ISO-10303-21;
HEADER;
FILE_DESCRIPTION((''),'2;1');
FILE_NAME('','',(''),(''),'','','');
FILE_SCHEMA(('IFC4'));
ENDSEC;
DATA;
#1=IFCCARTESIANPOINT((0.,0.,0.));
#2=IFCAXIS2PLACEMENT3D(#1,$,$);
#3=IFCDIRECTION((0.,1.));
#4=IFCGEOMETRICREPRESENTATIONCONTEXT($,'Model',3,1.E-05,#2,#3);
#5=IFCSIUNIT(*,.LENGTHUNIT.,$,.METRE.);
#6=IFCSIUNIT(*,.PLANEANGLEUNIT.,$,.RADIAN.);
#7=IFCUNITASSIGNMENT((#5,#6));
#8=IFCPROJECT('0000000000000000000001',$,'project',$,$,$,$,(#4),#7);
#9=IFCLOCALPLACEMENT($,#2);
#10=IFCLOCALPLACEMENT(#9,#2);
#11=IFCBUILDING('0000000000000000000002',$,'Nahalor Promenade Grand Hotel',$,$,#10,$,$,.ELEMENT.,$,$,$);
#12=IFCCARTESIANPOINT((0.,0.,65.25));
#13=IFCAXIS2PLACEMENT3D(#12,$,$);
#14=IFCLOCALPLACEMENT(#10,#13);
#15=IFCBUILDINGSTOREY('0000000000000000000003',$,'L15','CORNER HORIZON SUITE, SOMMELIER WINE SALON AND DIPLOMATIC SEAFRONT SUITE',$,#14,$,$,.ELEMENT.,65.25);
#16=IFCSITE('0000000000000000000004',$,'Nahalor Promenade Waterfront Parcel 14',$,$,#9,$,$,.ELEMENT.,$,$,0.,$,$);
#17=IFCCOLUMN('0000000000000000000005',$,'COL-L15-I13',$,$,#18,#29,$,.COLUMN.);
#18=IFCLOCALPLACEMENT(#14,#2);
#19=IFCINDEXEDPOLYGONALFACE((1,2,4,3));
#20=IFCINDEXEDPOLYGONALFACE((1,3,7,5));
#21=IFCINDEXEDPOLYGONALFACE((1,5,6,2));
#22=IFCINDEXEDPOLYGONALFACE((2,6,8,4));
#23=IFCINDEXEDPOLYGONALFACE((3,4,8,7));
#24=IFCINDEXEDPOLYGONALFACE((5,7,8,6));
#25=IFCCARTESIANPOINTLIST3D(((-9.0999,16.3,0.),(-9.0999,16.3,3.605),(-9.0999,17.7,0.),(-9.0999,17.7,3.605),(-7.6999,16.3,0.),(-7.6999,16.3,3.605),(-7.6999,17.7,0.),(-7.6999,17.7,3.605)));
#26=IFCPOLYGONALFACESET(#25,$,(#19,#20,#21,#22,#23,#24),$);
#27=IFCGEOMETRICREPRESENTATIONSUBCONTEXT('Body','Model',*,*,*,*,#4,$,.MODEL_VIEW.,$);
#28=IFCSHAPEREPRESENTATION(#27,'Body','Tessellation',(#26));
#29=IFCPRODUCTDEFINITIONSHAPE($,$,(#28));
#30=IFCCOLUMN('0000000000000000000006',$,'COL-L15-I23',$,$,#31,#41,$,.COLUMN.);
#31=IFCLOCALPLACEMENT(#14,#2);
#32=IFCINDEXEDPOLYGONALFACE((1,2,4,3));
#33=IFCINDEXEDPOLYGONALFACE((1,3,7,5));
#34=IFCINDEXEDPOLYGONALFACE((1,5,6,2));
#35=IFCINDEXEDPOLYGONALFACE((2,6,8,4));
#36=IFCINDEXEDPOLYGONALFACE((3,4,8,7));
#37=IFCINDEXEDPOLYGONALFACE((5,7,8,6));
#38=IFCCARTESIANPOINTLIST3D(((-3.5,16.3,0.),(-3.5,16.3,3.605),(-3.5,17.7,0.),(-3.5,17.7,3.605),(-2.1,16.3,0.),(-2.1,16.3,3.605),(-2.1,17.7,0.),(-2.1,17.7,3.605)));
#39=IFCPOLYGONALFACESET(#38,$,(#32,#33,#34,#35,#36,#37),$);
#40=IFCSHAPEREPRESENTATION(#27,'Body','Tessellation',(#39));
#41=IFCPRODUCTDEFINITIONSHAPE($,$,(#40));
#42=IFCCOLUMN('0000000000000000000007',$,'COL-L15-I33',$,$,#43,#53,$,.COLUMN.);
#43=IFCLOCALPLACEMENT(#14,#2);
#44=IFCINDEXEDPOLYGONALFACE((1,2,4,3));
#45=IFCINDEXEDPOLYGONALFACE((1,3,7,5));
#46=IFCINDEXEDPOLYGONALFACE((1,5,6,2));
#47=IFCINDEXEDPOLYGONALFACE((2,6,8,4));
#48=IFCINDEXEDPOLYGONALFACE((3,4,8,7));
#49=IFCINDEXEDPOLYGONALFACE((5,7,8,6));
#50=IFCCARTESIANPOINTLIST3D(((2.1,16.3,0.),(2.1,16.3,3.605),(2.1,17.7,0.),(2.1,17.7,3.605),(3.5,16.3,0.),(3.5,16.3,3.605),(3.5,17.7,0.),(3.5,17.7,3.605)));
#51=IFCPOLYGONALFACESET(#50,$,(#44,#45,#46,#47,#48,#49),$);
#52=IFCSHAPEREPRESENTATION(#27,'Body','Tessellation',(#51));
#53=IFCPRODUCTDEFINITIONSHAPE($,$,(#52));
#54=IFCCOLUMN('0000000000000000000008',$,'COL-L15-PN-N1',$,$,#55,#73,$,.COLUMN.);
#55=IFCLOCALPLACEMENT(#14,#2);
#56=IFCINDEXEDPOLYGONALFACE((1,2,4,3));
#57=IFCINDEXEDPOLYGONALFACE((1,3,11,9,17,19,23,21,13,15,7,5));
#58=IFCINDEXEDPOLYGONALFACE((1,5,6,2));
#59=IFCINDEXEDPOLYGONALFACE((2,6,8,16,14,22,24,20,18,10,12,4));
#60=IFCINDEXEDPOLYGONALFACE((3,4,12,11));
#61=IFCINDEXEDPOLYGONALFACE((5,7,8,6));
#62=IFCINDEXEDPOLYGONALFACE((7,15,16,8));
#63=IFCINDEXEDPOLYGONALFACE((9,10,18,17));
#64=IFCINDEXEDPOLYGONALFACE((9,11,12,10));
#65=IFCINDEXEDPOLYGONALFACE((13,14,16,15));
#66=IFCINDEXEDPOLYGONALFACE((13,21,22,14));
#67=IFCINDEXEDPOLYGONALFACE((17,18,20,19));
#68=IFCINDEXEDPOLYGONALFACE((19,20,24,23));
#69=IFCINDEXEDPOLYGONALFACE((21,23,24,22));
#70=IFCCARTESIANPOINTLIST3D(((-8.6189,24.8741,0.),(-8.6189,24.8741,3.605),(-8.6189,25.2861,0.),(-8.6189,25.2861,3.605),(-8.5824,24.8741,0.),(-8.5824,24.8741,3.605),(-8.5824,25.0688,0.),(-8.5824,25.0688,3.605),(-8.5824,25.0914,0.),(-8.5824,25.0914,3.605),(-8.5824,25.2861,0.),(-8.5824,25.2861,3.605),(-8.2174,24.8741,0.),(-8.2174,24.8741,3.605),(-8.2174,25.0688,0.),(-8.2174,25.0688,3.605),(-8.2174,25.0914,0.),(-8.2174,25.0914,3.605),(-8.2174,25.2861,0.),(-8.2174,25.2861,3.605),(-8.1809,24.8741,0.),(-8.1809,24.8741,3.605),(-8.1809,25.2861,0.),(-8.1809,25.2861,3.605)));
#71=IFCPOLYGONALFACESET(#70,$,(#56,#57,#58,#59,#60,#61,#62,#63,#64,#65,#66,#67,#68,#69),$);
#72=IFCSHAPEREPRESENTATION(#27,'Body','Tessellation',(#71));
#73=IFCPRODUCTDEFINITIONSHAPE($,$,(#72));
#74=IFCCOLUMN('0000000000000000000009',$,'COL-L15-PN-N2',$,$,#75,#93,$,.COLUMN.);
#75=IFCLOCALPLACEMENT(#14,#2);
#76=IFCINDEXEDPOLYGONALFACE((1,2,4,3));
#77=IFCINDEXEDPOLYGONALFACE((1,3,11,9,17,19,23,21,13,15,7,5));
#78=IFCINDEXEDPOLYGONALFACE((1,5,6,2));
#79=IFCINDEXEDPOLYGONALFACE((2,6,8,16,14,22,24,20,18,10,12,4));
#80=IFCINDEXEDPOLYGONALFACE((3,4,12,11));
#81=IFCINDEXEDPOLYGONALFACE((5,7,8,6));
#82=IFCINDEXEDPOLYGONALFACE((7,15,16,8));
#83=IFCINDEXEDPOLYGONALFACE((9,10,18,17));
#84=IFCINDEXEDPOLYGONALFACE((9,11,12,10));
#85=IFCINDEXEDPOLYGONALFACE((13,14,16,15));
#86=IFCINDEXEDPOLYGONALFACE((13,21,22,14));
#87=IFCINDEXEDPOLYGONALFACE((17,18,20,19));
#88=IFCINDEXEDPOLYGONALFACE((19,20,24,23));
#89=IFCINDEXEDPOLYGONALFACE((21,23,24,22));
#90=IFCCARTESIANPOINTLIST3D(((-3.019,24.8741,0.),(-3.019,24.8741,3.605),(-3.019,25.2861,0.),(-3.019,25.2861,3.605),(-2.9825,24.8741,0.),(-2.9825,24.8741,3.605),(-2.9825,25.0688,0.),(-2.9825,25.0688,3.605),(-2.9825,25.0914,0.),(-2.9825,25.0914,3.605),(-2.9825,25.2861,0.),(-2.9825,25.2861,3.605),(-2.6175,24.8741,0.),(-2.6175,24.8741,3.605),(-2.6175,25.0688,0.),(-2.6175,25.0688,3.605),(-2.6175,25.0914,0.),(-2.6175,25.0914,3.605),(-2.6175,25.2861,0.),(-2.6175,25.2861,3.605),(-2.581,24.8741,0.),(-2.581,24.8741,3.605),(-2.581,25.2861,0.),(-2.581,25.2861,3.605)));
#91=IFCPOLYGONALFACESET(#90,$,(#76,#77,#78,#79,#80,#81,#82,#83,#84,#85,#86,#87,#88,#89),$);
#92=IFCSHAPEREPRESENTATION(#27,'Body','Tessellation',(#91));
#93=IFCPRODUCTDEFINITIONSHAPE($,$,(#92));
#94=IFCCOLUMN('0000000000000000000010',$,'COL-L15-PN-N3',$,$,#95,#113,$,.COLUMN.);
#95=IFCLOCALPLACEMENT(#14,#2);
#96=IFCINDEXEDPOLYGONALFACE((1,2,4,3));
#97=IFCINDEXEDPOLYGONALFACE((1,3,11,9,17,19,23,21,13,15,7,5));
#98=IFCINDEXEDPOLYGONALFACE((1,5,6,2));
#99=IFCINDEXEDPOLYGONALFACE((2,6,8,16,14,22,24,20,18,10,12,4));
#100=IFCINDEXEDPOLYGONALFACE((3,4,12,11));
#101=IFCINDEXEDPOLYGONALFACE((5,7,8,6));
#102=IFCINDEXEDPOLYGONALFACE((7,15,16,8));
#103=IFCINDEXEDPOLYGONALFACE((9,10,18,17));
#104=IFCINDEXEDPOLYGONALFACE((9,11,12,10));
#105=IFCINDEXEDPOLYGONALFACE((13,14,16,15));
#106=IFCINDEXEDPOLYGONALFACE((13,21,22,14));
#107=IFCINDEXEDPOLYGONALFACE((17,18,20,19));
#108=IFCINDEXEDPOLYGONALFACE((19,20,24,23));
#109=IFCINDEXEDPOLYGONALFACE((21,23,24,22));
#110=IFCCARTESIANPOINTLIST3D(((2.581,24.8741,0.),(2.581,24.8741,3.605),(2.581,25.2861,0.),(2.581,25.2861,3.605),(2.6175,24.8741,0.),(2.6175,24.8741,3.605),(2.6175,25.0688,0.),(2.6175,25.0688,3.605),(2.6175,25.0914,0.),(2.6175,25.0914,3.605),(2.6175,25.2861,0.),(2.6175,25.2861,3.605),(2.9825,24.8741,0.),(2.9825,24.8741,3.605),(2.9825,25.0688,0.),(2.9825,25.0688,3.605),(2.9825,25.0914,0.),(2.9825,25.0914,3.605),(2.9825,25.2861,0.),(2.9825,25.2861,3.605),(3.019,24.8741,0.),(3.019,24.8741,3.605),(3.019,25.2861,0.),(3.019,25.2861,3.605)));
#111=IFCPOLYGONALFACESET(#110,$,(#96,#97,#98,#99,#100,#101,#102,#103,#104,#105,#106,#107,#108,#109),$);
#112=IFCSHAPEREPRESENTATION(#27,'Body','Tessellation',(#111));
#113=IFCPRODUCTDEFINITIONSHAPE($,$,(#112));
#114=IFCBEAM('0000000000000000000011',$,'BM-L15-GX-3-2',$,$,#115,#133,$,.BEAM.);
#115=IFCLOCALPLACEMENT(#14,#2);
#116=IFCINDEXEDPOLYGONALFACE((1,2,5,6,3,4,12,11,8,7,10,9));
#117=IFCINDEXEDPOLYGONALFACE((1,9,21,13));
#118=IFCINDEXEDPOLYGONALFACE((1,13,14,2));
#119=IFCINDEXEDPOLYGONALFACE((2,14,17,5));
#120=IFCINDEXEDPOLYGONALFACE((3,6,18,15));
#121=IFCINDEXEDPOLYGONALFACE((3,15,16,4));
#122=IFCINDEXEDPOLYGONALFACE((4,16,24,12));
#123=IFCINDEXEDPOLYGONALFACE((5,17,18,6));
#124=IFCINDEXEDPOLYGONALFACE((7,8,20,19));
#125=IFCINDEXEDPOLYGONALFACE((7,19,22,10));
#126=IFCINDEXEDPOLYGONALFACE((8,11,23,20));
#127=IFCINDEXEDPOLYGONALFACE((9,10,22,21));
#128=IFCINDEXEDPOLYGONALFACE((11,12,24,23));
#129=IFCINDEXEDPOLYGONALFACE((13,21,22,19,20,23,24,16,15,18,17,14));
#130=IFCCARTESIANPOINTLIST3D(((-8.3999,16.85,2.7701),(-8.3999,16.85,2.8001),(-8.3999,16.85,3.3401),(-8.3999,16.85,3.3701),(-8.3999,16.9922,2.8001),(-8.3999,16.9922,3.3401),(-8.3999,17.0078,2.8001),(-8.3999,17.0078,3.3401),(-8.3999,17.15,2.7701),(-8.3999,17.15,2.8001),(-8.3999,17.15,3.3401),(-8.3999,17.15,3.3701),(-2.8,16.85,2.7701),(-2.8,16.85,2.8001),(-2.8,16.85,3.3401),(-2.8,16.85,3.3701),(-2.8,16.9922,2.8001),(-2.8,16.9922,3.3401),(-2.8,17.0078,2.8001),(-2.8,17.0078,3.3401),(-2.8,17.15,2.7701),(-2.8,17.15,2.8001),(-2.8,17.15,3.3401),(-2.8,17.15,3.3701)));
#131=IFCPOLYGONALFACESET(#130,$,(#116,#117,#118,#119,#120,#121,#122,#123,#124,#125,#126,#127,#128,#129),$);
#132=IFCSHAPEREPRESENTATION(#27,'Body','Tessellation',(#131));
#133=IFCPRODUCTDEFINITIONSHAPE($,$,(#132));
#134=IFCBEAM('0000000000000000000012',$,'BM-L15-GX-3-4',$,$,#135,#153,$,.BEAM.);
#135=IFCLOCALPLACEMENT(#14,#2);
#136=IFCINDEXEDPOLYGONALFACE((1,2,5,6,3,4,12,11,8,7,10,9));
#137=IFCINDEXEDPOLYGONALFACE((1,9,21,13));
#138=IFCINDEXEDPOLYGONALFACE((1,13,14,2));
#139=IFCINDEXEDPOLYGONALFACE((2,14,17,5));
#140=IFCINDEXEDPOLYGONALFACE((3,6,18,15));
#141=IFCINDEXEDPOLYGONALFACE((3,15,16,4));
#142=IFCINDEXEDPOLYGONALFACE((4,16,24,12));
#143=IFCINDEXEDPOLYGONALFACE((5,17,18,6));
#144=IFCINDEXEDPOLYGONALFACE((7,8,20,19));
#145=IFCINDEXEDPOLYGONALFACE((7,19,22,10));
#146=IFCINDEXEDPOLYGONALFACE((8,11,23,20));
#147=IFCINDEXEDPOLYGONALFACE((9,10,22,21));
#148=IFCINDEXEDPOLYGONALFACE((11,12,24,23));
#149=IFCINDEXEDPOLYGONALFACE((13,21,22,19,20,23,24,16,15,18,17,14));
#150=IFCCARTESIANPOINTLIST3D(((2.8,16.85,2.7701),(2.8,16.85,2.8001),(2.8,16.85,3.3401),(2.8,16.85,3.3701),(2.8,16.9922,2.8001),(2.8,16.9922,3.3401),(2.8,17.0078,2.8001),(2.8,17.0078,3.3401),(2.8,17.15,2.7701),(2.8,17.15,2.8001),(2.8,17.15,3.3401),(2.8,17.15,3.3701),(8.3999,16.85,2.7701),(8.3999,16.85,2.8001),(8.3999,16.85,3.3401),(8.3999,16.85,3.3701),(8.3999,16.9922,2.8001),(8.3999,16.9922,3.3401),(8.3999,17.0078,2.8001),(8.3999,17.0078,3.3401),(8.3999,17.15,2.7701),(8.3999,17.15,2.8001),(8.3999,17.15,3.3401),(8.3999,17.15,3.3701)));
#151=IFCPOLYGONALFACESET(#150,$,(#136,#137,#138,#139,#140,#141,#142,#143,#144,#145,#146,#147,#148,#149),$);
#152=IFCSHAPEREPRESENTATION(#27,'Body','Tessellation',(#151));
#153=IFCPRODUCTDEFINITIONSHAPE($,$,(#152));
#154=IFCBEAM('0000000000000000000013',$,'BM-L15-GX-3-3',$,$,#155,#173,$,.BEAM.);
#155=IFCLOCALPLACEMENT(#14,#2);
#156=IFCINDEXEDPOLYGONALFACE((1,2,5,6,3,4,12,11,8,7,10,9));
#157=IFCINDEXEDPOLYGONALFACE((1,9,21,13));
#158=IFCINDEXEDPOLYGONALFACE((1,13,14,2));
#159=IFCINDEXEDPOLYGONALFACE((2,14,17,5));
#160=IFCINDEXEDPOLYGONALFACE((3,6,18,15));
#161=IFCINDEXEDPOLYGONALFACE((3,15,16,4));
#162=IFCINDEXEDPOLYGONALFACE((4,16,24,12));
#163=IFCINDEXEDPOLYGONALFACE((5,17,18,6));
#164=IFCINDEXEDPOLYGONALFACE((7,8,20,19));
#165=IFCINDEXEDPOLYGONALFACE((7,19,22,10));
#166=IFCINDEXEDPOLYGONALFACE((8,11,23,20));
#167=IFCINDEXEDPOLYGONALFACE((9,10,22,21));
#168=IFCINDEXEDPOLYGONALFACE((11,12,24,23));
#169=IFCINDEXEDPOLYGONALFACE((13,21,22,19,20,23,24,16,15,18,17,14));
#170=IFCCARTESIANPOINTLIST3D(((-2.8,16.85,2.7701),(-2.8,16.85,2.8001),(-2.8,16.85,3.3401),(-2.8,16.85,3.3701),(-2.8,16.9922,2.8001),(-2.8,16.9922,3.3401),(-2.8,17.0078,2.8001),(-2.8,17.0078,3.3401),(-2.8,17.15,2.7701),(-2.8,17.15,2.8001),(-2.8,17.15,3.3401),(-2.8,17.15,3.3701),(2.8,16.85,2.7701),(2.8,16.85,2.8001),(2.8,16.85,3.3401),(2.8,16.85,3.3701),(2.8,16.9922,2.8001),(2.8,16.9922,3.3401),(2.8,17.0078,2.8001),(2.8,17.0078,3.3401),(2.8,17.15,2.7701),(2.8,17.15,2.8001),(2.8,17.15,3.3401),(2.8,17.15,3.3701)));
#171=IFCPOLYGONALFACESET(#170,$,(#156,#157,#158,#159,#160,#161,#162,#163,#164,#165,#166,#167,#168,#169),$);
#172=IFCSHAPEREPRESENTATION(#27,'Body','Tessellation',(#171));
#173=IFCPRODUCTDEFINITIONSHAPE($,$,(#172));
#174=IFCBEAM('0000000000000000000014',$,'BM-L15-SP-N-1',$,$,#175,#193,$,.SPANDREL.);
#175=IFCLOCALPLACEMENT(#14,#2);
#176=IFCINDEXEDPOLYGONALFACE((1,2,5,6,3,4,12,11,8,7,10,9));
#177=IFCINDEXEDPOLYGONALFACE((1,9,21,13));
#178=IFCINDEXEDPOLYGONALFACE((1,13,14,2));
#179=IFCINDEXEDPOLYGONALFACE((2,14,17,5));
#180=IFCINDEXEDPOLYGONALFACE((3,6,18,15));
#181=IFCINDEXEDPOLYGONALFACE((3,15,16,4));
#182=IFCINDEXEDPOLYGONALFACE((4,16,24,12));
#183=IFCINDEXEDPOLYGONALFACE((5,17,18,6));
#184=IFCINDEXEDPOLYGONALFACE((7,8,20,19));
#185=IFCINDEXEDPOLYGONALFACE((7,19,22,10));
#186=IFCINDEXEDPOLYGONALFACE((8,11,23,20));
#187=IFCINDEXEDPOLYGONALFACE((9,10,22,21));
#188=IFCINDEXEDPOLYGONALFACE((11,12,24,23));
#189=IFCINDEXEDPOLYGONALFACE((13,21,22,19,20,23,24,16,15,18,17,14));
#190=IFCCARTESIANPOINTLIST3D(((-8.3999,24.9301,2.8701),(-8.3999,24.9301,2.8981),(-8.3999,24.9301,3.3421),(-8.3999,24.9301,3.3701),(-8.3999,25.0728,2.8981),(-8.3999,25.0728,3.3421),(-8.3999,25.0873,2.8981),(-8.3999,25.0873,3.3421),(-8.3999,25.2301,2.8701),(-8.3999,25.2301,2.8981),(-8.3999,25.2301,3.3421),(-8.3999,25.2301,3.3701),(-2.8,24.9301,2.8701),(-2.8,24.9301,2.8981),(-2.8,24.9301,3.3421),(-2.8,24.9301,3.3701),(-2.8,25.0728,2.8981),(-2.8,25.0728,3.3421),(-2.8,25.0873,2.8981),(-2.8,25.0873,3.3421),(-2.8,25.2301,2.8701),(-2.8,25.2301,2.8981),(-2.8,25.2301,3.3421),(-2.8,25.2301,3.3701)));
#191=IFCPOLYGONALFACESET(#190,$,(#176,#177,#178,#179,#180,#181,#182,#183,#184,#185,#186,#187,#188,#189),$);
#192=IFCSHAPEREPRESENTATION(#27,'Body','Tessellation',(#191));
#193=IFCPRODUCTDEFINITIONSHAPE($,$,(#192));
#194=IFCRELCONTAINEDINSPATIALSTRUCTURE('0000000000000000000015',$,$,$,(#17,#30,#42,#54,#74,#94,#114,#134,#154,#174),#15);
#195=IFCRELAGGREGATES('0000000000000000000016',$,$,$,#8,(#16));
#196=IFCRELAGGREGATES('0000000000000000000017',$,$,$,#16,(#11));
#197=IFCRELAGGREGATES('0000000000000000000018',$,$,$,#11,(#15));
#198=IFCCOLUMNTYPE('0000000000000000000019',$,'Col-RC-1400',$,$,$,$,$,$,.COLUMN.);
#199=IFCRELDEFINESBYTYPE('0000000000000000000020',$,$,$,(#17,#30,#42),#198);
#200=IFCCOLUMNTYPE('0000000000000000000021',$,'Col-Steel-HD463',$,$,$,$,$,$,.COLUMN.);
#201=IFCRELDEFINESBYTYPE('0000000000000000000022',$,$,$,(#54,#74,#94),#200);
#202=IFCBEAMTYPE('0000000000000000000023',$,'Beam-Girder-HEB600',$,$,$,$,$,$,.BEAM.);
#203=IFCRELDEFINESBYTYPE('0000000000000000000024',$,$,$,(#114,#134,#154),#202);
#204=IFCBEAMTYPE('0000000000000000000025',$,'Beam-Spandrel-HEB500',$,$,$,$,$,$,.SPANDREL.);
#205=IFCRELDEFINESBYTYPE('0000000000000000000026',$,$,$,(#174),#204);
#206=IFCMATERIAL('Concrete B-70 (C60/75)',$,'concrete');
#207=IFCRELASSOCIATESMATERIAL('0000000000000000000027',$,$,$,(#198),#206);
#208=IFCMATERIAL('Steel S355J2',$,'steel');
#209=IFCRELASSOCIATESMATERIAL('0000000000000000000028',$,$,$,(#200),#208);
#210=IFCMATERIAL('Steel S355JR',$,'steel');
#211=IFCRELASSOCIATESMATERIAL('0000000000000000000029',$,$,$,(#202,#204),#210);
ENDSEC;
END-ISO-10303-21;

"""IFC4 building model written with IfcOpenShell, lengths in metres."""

from ifc_helpers import new_model, si_unit, direction, frame, origin, origin_2d, place, context, subcontext, project, spatial, rectangle, i_section, extrude, source, transform, mapped, material, material_profile, profile_set, type_object, element, save


model = new_model("IFC4")

# Units and contexts
model_context = context("Model", 3, precision=1e-05, world=origin(), true_north=direction((0.0, 1.0)))
body_context = subcontext(model_context, "Body", "Model", "MODEL_VIEW")
ifc_project = project(units=[si_unit("LENGTHUNIT", "METRE"), si_unit("PLANEANGLEUNIT", "RADIAN")], contexts=[model_context])

# Site, building, storey
site_placement = place(None, origin())
site = spatial("IfcSite", under=ifc_project, at=site_placement, Name="Nahalor Promenade Waterfront Parcel 14", CompositionType="ELEMENT", RefElevation=0.0)
building_placement = place(site_placement, origin())
building = spatial("IfcBuilding", under=site, at=building_placement, Name="Nahalor Promenade Grand Hotel", CompositionType="ELEMENT")
storey_placement = place(building_placement, frame((0.0, 0.0, 65.25)))
storey = spatial("IfcBuildingStorey", under=building, at=storey_placement, Name="L15", Description="CORNER HORIZON SUITE, SOMMELIER WINE SALON AND DIPLOMATIC SEAFRONT SUITE", CompositionType="ELEMENT", Elevation=65.25)

# Columns
ifc_material_1 = material(Name="Concrete B-70 (C60/75)", Category="concrete")
ifc_material_profile_1 = material_profile(ifc_material_1, rectangle(XDim=1.4, YDim=1.4, at=origin_2d()), Name="RC 1400x1400")
ifc_profile_set_1 = profile_set([ifc_material_profile_1], Name="Concrete B-70 (C60/75)")
column_type_1 = type_object("IfcColumnType", Name="Col-RC-1400", PredefinedType="COLUMN", material=ifc_profile_set_1)
shared_shape_1 = source(origin(), body_context, "Body", "SweptSolid", [
    extrude(rectangle(XDim=1.4, YDim=1.4, at=origin_2d()), origin(), (0.0, 0.0, 1.0), 3.605),
])
for number, where, z_axis, x_axis, name in (
    (1, (-8.3999, 17.0, 0.0), (0.0, 0.0, 1.0), (1.0, 0.0, 0.0), "COL-L15-I13"),
    (2, (-2.8, 17.0, 0.0), (0.0, 0.0, 1.0), (1.0, 0.0, 0.0), "COL-L15-I23"),
    (3, (2.8, 17.0, 0.0), (0.0, 0.0, 1.0), (1.0, 0.0, 0.0), "COL-L15-I33"),
):
    element("IfcColumn", number, at=place(storey_placement, frame(where, z_axis=z_axis, x_axis=x_axis)), inside=storey, type_object=column_type_1, Name=name, PredefinedType="COLUMN", context=body_context, shape_type="MappedRepresentation", body=[
        mapped(shared_shape_1, transform((0.0, 0.0, 0.0), scale=1.0)),
    ])
ifc_material_2 = material(Name="Steel S355J2", Category="steel")
ifc_material_profile_2 = material_profile(ifc_material_2, i_section(OverallWidth=0.412, OverallDepth=0.438, WebThickness=0.0226, FlangeThickness=0.0365, at=origin_2d()), Name="HD 400x463")
ifc_profile_set_2 = profile_set([ifc_material_profile_2], Name="Steel S355J2")
column_type_2 = type_object("IfcColumnType", Name="Col-Steel-HD463", PredefinedType="COLUMN", material=ifc_profile_set_2)
shared_shape_2 = source(origin(), body_context, "Body", "SweptSolid", [
    extrude(i_section(OverallWidth=0.412, OverallDepth=0.438, WebThickness=0.0226, FlangeThickness=0.0365, at=origin_2d()), origin(), (0.0, 0.0, 1.0), 3.605),
])
for number, where, z_axis, x_axis, name in (
    (4, (-8.3999, 25.0801, 0.0), (0.0, 0.0, 1.0), (0.0, 1.0, 0.0), "COL-L15-PN-N1"),
    (5, (-2.8, 25.0801, 0.0), (0.0, 0.0, 1.0), (0.0, 1.0, 0.0), "COL-L15-PN-N2"),
    (6, (2.8, 25.0801, 0.0), (0.0, 0.0, 1.0), (0.0, 1.0, 0.0), "COL-L15-PN-N3"),
):
    element("IfcColumn", number, at=place(storey_placement, frame(where, z_axis=z_axis, x_axis=x_axis)), inside=storey, type_object=column_type_2, Name=name, PredefinedType="COLUMN", context=body_context, shape_type="MappedRepresentation", body=[
        mapped(shared_shape_2, transform((0.0, 0.0, 0.0), scale=1.0)),
    ])

# Beams
ifc_material_3 = material(Name="Steel S355JR", Category="steel")
ifc_material_profile_3 = material_profile(ifc_material_3, i_section(OverallWidth=0.3, OverallDepth=0.6, WebThickness=0.0155, FlangeThickness=0.03, at=origin_2d()), Name="HEB 600")
ifc_profile_set_3 = profile_set([ifc_material_profile_3], Name="Steel S355JR")
beam_type_1 = type_object("IfcBeamType", Name="Beam-Girder-HEB600", PredefinedType="BEAM", material=ifc_profile_set_3)
shared_shape_3 = source(origin(), body_context, "Body", "SweptSolid", [
    extrude(i_section(OverallWidth=0.3, OverallDepth=0.6, WebThickness=0.0155, FlangeThickness=0.03, at=origin_2d()), origin(), (0.0, 0.0, 1.0), 5.5999),
])
for number, where, z_axis, x_axis, name in (
    (7, (-8.3999, 17.0, 3.0701), (1.0, 0.0, 0.0), (0.0, 1.0, 0.0), "BM-L15-GX-3-2"),
    (8, (2.8, 17.0, 3.0701), (1.0, 0.0, 0.0), (0.0, 1.0, 0.0), "BM-L15-GX-3-4"),
):
    element("IfcBeam", number, at=place(storey_placement, frame(where, z_axis=z_axis, x_axis=x_axis)), inside=storey, type_object=beam_type_1, Name=name, PredefinedType="BEAM", context=body_context, shape_type="MappedRepresentation", body=[
        mapped(shared_shape_3, transform((0.0, 0.0, 0.0), scale=1.0)),
    ])
shared_shape_4 = source(origin(), body_context, "Body", "SweptSolid", [
    extrude(i_section(OverallWidth=0.3, OverallDepth=0.6, WebThickness=0.0155, FlangeThickness=0.03, at=origin_2d()), origin(), (0.0, 0.0, 1.0), 5.6001),
])
beam_1_placement = place(storey_placement, frame((-2.8, 17.0, 3.0701), z_axis=(1.0, 0.0, 0.0), x_axis=(0.0, 1.0, 0.0)))
element("IfcBeam", 9, at=beam_1_placement, inside=storey, type_object=beam_type_1, Name="BM-L15-GX-3-3", PredefinedType="BEAM", context=body_context, shape_type="MappedRepresentation", body=[
    mapped(shared_shape_4, transform((0.0, 0.0, 0.0), scale=1.0)),
])
ifc_material_profile_4 = material_profile(ifc_material_3, i_section(OverallWidth=0.3, OverallDepth=0.5, WebThickness=0.0145, FlangeThickness=0.028, at=origin_2d()), Name="HEB 500")
ifc_profile_set_4 = profile_set([ifc_material_profile_4], Name="Steel S355JR")
beam_type_2 = type_object("IfcBeamType", Name="Beam-Spandrel-HEB500", PredefinedType="SPANDREL", material=ifc_profile_set_4)
shared_shape_5 = source(origin(), body_context, "Body", "SweptSolid", [
    extrude(i_section(OverallWidth=0.3, OverallDepth=0.5, WebThickness=0.0145, FlangeThickness=0.028, at=origin_2d()), origin(), (0.0, 0.0, 1.0), 5.5999),
])
for number, where, z_axis, x_axis, name in (
    (10, (-8.3999, 25.0801, 3.1201), (1.0, 0.0, 0.0), (0.0, 1.0, 0.0), "BM-L15-SP-N-1"),
):
    element("IfcBeam", number, at=place(storey_placement, frame(where, z_axis=z_axis, x_axis=x_axis)), inside=storey, type_object=beam_type_2, Name=name, PredefinedType="SPANDREL", context=body_context, shape_type="MappedRepresentation", body=[
        mapped(shared_shape_5, transform((0.0, 0.0, 0.0), scale=1.0)),
    ])

save(model, "model.ifc")
